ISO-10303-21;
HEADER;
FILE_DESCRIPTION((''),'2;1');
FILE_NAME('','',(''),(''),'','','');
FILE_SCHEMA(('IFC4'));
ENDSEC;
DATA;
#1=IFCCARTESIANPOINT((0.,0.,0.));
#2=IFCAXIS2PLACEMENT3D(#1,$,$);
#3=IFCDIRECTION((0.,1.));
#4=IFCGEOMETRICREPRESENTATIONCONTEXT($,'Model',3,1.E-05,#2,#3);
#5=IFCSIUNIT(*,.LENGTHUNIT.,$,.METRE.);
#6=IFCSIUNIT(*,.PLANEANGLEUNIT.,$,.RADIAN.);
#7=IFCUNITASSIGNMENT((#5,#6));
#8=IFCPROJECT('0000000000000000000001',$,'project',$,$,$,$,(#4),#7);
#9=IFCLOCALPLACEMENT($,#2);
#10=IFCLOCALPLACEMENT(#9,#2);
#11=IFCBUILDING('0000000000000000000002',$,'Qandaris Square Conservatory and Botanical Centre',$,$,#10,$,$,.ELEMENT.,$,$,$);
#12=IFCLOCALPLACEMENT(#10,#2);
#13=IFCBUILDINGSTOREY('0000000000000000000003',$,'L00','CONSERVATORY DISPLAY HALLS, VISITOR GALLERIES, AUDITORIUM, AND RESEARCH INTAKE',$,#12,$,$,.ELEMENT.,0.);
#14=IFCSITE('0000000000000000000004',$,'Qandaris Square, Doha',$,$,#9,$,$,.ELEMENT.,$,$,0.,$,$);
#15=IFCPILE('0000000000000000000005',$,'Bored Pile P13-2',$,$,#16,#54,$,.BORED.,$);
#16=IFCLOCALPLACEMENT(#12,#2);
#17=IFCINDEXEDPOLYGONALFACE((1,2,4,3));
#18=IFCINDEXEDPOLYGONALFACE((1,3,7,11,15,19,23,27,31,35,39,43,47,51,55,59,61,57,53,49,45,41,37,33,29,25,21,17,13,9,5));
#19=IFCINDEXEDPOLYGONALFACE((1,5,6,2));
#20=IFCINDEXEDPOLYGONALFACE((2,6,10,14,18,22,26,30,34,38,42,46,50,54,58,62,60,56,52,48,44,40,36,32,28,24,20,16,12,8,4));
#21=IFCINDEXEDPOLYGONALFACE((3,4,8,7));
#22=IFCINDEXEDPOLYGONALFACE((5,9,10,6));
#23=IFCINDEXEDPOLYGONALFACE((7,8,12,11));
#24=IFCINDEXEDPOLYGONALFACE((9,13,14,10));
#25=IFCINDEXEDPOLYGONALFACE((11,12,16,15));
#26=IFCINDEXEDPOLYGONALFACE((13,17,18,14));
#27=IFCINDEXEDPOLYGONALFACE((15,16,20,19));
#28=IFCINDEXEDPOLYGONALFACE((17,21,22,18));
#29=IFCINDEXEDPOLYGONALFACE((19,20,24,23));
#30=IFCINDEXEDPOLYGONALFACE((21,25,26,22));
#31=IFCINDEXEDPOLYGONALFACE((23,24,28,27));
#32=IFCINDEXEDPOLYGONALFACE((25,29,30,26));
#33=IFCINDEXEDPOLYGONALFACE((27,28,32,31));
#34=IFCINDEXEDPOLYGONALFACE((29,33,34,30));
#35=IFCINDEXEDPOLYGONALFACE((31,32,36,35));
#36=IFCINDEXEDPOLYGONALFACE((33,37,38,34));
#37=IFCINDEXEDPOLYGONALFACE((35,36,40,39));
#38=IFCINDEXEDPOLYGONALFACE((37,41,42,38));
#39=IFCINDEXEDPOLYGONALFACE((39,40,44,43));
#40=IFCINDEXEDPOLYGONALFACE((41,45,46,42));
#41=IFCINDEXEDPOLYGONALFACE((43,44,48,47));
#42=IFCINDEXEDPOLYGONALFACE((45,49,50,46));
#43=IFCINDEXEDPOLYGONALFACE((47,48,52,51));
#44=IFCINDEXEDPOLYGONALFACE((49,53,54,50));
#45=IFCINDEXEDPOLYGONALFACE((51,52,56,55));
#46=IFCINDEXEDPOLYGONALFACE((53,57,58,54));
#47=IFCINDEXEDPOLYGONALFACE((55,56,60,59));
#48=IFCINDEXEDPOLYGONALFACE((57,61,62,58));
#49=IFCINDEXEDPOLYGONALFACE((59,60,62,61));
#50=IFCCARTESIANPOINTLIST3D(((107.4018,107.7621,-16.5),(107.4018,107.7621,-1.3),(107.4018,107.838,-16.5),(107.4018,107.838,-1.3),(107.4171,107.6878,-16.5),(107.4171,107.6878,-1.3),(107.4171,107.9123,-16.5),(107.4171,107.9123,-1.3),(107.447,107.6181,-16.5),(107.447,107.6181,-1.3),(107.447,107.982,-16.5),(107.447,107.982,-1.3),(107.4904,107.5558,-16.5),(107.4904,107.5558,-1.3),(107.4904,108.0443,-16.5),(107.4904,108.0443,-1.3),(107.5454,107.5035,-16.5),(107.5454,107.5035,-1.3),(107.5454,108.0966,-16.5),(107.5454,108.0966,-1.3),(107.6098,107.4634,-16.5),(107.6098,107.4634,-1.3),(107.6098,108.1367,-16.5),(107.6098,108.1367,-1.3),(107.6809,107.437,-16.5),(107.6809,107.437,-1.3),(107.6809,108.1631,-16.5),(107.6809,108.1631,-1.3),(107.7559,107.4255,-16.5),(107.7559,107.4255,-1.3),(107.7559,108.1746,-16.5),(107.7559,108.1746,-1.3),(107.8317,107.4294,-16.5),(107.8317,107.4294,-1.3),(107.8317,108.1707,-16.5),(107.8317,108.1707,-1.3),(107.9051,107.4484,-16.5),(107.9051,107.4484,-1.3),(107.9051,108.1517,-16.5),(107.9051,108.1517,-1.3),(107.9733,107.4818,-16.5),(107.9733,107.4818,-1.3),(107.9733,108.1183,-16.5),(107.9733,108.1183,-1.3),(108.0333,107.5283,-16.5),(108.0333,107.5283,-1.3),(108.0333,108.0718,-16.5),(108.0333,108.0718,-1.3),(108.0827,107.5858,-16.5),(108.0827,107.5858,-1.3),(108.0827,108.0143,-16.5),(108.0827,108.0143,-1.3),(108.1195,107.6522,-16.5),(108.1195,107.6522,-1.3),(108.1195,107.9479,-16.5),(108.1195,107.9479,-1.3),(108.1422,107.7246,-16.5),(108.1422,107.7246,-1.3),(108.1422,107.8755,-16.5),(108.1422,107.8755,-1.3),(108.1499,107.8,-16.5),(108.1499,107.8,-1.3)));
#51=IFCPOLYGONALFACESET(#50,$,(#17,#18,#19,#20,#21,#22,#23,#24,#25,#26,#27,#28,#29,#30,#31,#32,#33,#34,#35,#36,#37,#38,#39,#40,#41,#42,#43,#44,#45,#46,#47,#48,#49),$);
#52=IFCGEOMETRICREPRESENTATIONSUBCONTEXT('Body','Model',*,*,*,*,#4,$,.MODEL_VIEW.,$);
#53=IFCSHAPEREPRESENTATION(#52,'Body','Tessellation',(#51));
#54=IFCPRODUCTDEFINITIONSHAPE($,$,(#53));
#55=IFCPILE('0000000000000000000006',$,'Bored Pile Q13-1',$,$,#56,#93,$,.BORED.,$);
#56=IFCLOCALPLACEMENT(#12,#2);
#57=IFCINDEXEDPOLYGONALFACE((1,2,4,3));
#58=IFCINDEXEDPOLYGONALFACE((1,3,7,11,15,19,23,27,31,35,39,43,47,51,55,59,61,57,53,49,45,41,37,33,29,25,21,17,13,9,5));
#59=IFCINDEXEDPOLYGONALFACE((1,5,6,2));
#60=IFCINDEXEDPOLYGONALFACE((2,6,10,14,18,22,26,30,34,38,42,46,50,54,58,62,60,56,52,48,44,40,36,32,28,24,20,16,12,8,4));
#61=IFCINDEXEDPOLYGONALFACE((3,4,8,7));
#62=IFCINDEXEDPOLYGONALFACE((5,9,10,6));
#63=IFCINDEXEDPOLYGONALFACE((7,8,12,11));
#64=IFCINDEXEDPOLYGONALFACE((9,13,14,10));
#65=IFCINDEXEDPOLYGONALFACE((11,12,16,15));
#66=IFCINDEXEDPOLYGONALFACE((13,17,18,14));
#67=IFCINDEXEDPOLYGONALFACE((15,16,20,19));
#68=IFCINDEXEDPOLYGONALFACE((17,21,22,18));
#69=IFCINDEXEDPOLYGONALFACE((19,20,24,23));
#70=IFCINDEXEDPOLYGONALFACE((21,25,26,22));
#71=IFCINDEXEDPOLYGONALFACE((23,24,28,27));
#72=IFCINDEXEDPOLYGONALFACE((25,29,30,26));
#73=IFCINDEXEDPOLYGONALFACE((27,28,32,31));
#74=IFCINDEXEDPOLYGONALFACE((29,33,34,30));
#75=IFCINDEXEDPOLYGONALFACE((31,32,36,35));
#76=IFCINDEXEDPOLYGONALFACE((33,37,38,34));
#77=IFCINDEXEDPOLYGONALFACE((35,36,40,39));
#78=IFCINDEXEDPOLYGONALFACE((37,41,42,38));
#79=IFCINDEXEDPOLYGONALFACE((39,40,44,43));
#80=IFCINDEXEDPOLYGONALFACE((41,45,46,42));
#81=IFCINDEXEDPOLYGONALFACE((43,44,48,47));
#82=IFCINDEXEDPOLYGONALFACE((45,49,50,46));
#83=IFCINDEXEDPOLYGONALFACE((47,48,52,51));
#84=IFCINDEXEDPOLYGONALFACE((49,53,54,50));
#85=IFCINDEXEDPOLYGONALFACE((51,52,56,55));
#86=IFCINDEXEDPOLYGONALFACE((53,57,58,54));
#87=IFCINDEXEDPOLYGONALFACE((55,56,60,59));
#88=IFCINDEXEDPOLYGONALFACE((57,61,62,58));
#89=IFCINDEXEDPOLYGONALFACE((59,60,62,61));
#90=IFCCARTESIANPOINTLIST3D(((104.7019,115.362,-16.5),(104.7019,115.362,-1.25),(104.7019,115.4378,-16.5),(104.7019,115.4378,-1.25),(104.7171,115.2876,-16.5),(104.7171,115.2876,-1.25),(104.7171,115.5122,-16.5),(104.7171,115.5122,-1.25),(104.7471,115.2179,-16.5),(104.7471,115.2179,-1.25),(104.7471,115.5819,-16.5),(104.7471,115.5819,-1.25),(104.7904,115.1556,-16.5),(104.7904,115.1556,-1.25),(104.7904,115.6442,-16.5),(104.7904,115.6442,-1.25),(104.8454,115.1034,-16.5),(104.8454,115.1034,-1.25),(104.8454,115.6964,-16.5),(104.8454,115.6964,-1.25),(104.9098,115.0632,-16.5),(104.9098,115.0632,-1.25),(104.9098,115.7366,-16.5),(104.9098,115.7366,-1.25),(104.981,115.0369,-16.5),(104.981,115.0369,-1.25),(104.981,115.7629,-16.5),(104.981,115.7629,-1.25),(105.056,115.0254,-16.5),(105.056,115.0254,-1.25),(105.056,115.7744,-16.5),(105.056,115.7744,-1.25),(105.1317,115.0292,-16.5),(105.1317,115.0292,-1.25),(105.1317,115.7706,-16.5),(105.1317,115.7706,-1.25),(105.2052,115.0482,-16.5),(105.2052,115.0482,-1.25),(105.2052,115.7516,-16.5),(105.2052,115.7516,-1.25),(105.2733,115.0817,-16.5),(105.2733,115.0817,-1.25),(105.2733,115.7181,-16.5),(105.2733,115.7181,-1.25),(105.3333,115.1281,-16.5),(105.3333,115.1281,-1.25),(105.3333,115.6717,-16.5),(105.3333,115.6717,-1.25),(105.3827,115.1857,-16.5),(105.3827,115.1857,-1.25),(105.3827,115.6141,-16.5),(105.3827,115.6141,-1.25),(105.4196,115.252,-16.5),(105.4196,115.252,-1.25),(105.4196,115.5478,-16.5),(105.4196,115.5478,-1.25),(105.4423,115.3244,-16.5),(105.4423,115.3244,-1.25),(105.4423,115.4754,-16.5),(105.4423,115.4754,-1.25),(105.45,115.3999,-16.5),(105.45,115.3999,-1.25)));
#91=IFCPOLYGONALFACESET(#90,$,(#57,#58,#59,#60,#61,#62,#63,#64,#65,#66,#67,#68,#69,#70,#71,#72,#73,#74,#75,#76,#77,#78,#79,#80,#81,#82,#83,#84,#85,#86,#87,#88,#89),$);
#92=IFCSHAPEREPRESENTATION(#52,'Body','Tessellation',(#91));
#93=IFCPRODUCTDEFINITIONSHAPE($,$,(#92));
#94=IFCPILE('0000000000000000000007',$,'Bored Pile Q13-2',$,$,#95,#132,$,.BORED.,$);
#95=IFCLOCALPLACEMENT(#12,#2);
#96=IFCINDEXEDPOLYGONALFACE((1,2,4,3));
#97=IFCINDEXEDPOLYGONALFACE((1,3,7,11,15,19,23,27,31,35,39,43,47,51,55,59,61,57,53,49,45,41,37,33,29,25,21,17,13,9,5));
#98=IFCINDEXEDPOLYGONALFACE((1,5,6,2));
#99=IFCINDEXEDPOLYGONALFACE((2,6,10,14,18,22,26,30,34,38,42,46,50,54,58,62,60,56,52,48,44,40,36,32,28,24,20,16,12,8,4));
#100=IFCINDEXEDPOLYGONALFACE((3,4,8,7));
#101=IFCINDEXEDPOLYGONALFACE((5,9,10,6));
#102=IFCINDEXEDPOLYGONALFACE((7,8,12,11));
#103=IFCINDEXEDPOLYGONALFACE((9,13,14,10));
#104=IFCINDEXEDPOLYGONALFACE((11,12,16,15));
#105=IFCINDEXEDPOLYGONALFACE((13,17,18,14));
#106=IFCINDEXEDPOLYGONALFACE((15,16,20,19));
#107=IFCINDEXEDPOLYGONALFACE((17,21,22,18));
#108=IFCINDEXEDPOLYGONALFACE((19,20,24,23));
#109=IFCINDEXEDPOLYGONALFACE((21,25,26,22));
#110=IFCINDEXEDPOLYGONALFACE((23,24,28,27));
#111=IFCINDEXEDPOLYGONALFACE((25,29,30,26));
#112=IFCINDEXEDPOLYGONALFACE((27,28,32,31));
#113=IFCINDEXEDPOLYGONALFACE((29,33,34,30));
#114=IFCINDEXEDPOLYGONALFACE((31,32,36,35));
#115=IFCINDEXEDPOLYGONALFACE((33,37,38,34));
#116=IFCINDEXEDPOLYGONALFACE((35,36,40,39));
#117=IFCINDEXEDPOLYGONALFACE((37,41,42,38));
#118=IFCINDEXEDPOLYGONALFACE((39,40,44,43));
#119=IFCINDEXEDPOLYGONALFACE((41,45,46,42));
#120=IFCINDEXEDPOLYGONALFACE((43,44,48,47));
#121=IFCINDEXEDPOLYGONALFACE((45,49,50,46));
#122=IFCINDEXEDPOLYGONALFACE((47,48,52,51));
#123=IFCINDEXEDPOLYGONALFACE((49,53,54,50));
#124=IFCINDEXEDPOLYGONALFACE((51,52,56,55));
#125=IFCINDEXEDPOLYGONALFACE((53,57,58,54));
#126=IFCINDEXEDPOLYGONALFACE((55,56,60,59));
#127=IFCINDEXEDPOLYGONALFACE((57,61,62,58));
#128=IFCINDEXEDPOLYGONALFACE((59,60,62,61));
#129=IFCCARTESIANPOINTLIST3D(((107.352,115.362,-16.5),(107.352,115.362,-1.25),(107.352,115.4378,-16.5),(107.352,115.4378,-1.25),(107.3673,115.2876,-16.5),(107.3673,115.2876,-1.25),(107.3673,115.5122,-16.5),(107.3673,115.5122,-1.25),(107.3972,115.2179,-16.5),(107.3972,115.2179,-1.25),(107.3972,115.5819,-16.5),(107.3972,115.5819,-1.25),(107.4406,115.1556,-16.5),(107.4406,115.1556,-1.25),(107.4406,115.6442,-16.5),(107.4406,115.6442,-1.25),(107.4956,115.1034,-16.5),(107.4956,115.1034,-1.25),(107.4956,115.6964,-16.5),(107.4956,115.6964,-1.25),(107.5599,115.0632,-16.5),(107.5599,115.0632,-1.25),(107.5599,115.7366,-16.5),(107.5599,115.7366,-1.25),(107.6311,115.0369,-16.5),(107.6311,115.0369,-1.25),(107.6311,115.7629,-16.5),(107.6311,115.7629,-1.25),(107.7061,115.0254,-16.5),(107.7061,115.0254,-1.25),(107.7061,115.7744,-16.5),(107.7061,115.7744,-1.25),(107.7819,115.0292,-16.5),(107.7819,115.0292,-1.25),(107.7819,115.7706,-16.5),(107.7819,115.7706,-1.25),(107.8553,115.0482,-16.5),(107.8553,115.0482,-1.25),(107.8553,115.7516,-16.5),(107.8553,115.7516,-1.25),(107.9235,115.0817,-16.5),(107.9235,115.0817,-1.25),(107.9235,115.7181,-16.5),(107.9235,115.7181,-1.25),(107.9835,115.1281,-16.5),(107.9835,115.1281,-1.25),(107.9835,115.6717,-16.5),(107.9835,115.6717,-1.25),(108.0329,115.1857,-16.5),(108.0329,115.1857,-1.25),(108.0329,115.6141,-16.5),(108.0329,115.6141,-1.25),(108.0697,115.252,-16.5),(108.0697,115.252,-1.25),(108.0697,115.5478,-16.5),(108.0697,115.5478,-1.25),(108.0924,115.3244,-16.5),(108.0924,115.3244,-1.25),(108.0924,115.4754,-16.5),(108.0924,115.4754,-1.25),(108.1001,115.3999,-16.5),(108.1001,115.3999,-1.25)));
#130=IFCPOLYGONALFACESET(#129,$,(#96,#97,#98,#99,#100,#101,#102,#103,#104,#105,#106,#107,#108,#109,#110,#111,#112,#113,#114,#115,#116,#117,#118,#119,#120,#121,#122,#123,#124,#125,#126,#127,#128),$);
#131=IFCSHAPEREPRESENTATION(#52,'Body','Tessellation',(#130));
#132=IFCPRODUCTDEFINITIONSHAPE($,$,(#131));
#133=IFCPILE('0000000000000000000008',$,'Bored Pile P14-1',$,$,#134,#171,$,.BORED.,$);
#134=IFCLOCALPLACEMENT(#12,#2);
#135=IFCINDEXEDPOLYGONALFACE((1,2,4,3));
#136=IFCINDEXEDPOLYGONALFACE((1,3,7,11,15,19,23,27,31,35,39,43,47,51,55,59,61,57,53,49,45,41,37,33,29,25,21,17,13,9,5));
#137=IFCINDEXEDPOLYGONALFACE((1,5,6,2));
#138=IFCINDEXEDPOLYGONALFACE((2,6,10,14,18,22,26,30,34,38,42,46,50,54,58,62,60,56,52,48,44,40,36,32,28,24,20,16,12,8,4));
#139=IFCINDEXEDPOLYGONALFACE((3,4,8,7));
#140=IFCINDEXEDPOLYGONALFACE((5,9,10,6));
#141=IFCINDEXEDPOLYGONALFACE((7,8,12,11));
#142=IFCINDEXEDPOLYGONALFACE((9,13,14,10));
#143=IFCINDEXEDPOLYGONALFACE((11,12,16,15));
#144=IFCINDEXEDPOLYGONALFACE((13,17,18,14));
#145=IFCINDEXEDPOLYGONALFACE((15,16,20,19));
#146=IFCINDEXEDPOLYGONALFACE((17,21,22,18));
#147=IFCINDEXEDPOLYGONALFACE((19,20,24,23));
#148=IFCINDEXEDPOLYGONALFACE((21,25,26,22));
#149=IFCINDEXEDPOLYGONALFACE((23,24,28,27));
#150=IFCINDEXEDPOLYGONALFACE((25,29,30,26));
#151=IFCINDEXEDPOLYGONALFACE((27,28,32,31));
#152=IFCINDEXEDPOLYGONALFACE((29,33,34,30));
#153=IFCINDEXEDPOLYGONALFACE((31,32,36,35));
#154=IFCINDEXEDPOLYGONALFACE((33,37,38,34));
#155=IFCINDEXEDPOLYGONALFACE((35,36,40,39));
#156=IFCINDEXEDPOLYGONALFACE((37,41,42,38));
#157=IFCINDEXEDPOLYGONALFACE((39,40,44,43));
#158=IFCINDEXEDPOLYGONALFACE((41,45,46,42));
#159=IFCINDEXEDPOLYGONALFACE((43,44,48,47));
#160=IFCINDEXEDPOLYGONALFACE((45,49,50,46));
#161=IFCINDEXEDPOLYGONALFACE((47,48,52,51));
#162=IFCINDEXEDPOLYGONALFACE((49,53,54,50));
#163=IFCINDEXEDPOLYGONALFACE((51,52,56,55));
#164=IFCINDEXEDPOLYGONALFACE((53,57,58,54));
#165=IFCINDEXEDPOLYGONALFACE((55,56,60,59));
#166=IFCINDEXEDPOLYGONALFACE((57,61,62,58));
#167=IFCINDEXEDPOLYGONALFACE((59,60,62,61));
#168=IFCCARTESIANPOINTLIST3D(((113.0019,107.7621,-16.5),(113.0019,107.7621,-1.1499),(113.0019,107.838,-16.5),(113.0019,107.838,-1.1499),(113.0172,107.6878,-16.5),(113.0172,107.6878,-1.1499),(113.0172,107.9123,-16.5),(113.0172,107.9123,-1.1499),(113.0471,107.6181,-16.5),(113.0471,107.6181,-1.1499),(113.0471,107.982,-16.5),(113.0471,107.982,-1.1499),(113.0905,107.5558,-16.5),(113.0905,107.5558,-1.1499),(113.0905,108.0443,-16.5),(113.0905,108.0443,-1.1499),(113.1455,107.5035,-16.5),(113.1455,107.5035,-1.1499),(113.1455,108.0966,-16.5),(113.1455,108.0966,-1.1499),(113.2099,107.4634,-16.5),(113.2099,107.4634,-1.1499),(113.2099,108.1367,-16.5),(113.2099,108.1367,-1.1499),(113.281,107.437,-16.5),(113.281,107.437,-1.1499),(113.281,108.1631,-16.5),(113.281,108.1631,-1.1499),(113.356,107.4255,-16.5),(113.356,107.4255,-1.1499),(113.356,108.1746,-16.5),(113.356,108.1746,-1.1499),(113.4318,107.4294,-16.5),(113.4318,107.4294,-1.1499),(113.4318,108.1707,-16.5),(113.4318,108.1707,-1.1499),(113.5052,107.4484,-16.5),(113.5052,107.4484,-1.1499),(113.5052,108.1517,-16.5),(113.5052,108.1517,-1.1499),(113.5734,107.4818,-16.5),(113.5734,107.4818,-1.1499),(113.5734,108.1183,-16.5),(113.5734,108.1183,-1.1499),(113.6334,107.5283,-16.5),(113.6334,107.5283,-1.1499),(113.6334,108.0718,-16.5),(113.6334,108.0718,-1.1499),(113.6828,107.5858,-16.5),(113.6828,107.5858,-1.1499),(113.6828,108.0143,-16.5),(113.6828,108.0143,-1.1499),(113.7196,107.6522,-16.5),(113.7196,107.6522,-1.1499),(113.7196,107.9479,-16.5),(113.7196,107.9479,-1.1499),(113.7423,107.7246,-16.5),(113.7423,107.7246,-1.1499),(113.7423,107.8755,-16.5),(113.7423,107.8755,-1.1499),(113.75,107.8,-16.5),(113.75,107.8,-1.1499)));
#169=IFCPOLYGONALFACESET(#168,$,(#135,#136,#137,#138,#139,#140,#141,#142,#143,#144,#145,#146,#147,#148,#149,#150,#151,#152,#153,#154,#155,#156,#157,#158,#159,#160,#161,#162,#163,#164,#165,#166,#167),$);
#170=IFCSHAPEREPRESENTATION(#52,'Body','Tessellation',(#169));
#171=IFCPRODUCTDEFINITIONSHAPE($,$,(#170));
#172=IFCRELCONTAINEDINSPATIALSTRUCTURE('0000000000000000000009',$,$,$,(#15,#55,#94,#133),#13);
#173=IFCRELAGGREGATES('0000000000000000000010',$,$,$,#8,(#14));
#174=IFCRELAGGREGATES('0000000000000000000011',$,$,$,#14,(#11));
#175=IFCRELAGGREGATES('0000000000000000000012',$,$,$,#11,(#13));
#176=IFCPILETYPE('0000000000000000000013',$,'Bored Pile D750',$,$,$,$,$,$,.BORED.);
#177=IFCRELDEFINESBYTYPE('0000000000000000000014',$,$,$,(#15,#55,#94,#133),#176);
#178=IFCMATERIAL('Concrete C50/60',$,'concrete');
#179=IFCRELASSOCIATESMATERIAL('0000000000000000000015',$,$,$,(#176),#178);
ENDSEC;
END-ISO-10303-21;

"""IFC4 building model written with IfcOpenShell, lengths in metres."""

from ifc_helpers import new_model, si_unit, direction, frame, origin, origin_2d, place, context, subcontext, project, spatial, circle, extrude, material, material_profile, profile_set, type_object, element, save


model = new_model("IFC4")

# Units and contexts
model_context = context("Model", 3, precision=1e-05, world=origin(), true_north=direction((0.0, 1.0)))
body_context = subcontext(model_context, "Body", "Model", "MODEL_VIEW")
ifc_project = project(units=[si_unit("LENGTHUNIT", "METRE"), si_unit("PLANEANGLEUNIT", "RADIAN")], contexts=[model_context])

# Site, building, storey
site_placement = place(None, origin())
site = spatial("IfcSite", under=ifc_project, at=site_placement, Name="Qandaris Square, Doha", CompositionType="ELEMENT", RefElevation=0.0)
building_placement = place(site_placement, origin())
building = spatial("IfcBuilding", under=site, at=building_placement, Name="Qandaris Square Conservatory and Botanical Centre", CompositionType="ELEMENT")
storey_placement = place(building_placement, origin())
storey = spatial("IfcBuildingStorey", under=building, at=storey_placement, Name="L00", Description="CONSERVATORY DISPLAY HALLS, VISITOR GALLERIES, AUDITORIUM, AND RESEARCH INTAKE", CompositionType="ELEMENT", Elevation=0.0)

# Piles
ifc_material_1 = material(Name="Concrete C50/60", Category="concrete")
ifc_material_profile_1 = material_profile(ifc_material_1, circle(Radius=0.375, at=origin_2d()), Name="PILE D750")
ifc_profile_set_1 = profile_set([ifc_material_profile_1], Name="Concrete C50/60")
pile_type = type_object("IfcPileType", Name="Bored Pile D750", PredefinedType="BORED", material=ifc_profile_set_1)
pile_1_placement = place(storey_placement, frame((107.7749, 107.8, -1.3), z_axis=(0.0, 0.0, -1.0), x_axis=(1.0, 0.0, 0.0)))
element("IfcPile", 1, at=pile_1_placement, inside=storey, type_object=pile_type, Name="Bored Pile P13-2", PredefinedType="BORED", context=body_context, shape_type="SweptSolid", body=[
    extrude(circle(Radius=0.375, at=origin_2d()), origin(), (0.0, 0.0, 1.0), 15.2),
])
for number, where, z_axis, x_axis, name in (
    (2, (105.075, 115.3999, -1.25), (0.0, 0.0, -1.0), (1.0, 0.0, 0.0), "Bored Pile Q13-1"),
    (3, (107.7251, 115.3999, -1.25), (0.0, 0.0, -1.0), (1.0, 0.0, 0.0), "Bored Pile Q13-2"),
):
    element("IfcPile", number, at=place(storey_placement, frame(where, z_axis=z_axis, x_axis=x_axis)), inside=storey, type_object=pile_type, Name=name, PredefinedType="BORED", context=body_context, shape_type="SweptSolid", body=[
        extrude(circle(Radius=0.375, at=origin_2d()), origin(), (0.0, 0.0, 1.0), 15.25),
    ])
pile_2_placement = place(storey_placement, frame((113.375, 107.8, -1.1499), z_axis=(0.0, 0.0, -1.0), x_axis=(1.0, 0.0, 0.0)))
element("IfcPile", 4, at=pile_2_placement, inside=storey, type_object=pile_type, Name="Bored Pile P14-1", PredefinedType="BORED", context=body_context, shape_type="SweptSolid", body=[
    extrude(circle(Radius=0.375, at=origin_2d()), origin(), (0.0, 0.0, 1.0), 15.3501),
])

save(model, "model.ifc")
